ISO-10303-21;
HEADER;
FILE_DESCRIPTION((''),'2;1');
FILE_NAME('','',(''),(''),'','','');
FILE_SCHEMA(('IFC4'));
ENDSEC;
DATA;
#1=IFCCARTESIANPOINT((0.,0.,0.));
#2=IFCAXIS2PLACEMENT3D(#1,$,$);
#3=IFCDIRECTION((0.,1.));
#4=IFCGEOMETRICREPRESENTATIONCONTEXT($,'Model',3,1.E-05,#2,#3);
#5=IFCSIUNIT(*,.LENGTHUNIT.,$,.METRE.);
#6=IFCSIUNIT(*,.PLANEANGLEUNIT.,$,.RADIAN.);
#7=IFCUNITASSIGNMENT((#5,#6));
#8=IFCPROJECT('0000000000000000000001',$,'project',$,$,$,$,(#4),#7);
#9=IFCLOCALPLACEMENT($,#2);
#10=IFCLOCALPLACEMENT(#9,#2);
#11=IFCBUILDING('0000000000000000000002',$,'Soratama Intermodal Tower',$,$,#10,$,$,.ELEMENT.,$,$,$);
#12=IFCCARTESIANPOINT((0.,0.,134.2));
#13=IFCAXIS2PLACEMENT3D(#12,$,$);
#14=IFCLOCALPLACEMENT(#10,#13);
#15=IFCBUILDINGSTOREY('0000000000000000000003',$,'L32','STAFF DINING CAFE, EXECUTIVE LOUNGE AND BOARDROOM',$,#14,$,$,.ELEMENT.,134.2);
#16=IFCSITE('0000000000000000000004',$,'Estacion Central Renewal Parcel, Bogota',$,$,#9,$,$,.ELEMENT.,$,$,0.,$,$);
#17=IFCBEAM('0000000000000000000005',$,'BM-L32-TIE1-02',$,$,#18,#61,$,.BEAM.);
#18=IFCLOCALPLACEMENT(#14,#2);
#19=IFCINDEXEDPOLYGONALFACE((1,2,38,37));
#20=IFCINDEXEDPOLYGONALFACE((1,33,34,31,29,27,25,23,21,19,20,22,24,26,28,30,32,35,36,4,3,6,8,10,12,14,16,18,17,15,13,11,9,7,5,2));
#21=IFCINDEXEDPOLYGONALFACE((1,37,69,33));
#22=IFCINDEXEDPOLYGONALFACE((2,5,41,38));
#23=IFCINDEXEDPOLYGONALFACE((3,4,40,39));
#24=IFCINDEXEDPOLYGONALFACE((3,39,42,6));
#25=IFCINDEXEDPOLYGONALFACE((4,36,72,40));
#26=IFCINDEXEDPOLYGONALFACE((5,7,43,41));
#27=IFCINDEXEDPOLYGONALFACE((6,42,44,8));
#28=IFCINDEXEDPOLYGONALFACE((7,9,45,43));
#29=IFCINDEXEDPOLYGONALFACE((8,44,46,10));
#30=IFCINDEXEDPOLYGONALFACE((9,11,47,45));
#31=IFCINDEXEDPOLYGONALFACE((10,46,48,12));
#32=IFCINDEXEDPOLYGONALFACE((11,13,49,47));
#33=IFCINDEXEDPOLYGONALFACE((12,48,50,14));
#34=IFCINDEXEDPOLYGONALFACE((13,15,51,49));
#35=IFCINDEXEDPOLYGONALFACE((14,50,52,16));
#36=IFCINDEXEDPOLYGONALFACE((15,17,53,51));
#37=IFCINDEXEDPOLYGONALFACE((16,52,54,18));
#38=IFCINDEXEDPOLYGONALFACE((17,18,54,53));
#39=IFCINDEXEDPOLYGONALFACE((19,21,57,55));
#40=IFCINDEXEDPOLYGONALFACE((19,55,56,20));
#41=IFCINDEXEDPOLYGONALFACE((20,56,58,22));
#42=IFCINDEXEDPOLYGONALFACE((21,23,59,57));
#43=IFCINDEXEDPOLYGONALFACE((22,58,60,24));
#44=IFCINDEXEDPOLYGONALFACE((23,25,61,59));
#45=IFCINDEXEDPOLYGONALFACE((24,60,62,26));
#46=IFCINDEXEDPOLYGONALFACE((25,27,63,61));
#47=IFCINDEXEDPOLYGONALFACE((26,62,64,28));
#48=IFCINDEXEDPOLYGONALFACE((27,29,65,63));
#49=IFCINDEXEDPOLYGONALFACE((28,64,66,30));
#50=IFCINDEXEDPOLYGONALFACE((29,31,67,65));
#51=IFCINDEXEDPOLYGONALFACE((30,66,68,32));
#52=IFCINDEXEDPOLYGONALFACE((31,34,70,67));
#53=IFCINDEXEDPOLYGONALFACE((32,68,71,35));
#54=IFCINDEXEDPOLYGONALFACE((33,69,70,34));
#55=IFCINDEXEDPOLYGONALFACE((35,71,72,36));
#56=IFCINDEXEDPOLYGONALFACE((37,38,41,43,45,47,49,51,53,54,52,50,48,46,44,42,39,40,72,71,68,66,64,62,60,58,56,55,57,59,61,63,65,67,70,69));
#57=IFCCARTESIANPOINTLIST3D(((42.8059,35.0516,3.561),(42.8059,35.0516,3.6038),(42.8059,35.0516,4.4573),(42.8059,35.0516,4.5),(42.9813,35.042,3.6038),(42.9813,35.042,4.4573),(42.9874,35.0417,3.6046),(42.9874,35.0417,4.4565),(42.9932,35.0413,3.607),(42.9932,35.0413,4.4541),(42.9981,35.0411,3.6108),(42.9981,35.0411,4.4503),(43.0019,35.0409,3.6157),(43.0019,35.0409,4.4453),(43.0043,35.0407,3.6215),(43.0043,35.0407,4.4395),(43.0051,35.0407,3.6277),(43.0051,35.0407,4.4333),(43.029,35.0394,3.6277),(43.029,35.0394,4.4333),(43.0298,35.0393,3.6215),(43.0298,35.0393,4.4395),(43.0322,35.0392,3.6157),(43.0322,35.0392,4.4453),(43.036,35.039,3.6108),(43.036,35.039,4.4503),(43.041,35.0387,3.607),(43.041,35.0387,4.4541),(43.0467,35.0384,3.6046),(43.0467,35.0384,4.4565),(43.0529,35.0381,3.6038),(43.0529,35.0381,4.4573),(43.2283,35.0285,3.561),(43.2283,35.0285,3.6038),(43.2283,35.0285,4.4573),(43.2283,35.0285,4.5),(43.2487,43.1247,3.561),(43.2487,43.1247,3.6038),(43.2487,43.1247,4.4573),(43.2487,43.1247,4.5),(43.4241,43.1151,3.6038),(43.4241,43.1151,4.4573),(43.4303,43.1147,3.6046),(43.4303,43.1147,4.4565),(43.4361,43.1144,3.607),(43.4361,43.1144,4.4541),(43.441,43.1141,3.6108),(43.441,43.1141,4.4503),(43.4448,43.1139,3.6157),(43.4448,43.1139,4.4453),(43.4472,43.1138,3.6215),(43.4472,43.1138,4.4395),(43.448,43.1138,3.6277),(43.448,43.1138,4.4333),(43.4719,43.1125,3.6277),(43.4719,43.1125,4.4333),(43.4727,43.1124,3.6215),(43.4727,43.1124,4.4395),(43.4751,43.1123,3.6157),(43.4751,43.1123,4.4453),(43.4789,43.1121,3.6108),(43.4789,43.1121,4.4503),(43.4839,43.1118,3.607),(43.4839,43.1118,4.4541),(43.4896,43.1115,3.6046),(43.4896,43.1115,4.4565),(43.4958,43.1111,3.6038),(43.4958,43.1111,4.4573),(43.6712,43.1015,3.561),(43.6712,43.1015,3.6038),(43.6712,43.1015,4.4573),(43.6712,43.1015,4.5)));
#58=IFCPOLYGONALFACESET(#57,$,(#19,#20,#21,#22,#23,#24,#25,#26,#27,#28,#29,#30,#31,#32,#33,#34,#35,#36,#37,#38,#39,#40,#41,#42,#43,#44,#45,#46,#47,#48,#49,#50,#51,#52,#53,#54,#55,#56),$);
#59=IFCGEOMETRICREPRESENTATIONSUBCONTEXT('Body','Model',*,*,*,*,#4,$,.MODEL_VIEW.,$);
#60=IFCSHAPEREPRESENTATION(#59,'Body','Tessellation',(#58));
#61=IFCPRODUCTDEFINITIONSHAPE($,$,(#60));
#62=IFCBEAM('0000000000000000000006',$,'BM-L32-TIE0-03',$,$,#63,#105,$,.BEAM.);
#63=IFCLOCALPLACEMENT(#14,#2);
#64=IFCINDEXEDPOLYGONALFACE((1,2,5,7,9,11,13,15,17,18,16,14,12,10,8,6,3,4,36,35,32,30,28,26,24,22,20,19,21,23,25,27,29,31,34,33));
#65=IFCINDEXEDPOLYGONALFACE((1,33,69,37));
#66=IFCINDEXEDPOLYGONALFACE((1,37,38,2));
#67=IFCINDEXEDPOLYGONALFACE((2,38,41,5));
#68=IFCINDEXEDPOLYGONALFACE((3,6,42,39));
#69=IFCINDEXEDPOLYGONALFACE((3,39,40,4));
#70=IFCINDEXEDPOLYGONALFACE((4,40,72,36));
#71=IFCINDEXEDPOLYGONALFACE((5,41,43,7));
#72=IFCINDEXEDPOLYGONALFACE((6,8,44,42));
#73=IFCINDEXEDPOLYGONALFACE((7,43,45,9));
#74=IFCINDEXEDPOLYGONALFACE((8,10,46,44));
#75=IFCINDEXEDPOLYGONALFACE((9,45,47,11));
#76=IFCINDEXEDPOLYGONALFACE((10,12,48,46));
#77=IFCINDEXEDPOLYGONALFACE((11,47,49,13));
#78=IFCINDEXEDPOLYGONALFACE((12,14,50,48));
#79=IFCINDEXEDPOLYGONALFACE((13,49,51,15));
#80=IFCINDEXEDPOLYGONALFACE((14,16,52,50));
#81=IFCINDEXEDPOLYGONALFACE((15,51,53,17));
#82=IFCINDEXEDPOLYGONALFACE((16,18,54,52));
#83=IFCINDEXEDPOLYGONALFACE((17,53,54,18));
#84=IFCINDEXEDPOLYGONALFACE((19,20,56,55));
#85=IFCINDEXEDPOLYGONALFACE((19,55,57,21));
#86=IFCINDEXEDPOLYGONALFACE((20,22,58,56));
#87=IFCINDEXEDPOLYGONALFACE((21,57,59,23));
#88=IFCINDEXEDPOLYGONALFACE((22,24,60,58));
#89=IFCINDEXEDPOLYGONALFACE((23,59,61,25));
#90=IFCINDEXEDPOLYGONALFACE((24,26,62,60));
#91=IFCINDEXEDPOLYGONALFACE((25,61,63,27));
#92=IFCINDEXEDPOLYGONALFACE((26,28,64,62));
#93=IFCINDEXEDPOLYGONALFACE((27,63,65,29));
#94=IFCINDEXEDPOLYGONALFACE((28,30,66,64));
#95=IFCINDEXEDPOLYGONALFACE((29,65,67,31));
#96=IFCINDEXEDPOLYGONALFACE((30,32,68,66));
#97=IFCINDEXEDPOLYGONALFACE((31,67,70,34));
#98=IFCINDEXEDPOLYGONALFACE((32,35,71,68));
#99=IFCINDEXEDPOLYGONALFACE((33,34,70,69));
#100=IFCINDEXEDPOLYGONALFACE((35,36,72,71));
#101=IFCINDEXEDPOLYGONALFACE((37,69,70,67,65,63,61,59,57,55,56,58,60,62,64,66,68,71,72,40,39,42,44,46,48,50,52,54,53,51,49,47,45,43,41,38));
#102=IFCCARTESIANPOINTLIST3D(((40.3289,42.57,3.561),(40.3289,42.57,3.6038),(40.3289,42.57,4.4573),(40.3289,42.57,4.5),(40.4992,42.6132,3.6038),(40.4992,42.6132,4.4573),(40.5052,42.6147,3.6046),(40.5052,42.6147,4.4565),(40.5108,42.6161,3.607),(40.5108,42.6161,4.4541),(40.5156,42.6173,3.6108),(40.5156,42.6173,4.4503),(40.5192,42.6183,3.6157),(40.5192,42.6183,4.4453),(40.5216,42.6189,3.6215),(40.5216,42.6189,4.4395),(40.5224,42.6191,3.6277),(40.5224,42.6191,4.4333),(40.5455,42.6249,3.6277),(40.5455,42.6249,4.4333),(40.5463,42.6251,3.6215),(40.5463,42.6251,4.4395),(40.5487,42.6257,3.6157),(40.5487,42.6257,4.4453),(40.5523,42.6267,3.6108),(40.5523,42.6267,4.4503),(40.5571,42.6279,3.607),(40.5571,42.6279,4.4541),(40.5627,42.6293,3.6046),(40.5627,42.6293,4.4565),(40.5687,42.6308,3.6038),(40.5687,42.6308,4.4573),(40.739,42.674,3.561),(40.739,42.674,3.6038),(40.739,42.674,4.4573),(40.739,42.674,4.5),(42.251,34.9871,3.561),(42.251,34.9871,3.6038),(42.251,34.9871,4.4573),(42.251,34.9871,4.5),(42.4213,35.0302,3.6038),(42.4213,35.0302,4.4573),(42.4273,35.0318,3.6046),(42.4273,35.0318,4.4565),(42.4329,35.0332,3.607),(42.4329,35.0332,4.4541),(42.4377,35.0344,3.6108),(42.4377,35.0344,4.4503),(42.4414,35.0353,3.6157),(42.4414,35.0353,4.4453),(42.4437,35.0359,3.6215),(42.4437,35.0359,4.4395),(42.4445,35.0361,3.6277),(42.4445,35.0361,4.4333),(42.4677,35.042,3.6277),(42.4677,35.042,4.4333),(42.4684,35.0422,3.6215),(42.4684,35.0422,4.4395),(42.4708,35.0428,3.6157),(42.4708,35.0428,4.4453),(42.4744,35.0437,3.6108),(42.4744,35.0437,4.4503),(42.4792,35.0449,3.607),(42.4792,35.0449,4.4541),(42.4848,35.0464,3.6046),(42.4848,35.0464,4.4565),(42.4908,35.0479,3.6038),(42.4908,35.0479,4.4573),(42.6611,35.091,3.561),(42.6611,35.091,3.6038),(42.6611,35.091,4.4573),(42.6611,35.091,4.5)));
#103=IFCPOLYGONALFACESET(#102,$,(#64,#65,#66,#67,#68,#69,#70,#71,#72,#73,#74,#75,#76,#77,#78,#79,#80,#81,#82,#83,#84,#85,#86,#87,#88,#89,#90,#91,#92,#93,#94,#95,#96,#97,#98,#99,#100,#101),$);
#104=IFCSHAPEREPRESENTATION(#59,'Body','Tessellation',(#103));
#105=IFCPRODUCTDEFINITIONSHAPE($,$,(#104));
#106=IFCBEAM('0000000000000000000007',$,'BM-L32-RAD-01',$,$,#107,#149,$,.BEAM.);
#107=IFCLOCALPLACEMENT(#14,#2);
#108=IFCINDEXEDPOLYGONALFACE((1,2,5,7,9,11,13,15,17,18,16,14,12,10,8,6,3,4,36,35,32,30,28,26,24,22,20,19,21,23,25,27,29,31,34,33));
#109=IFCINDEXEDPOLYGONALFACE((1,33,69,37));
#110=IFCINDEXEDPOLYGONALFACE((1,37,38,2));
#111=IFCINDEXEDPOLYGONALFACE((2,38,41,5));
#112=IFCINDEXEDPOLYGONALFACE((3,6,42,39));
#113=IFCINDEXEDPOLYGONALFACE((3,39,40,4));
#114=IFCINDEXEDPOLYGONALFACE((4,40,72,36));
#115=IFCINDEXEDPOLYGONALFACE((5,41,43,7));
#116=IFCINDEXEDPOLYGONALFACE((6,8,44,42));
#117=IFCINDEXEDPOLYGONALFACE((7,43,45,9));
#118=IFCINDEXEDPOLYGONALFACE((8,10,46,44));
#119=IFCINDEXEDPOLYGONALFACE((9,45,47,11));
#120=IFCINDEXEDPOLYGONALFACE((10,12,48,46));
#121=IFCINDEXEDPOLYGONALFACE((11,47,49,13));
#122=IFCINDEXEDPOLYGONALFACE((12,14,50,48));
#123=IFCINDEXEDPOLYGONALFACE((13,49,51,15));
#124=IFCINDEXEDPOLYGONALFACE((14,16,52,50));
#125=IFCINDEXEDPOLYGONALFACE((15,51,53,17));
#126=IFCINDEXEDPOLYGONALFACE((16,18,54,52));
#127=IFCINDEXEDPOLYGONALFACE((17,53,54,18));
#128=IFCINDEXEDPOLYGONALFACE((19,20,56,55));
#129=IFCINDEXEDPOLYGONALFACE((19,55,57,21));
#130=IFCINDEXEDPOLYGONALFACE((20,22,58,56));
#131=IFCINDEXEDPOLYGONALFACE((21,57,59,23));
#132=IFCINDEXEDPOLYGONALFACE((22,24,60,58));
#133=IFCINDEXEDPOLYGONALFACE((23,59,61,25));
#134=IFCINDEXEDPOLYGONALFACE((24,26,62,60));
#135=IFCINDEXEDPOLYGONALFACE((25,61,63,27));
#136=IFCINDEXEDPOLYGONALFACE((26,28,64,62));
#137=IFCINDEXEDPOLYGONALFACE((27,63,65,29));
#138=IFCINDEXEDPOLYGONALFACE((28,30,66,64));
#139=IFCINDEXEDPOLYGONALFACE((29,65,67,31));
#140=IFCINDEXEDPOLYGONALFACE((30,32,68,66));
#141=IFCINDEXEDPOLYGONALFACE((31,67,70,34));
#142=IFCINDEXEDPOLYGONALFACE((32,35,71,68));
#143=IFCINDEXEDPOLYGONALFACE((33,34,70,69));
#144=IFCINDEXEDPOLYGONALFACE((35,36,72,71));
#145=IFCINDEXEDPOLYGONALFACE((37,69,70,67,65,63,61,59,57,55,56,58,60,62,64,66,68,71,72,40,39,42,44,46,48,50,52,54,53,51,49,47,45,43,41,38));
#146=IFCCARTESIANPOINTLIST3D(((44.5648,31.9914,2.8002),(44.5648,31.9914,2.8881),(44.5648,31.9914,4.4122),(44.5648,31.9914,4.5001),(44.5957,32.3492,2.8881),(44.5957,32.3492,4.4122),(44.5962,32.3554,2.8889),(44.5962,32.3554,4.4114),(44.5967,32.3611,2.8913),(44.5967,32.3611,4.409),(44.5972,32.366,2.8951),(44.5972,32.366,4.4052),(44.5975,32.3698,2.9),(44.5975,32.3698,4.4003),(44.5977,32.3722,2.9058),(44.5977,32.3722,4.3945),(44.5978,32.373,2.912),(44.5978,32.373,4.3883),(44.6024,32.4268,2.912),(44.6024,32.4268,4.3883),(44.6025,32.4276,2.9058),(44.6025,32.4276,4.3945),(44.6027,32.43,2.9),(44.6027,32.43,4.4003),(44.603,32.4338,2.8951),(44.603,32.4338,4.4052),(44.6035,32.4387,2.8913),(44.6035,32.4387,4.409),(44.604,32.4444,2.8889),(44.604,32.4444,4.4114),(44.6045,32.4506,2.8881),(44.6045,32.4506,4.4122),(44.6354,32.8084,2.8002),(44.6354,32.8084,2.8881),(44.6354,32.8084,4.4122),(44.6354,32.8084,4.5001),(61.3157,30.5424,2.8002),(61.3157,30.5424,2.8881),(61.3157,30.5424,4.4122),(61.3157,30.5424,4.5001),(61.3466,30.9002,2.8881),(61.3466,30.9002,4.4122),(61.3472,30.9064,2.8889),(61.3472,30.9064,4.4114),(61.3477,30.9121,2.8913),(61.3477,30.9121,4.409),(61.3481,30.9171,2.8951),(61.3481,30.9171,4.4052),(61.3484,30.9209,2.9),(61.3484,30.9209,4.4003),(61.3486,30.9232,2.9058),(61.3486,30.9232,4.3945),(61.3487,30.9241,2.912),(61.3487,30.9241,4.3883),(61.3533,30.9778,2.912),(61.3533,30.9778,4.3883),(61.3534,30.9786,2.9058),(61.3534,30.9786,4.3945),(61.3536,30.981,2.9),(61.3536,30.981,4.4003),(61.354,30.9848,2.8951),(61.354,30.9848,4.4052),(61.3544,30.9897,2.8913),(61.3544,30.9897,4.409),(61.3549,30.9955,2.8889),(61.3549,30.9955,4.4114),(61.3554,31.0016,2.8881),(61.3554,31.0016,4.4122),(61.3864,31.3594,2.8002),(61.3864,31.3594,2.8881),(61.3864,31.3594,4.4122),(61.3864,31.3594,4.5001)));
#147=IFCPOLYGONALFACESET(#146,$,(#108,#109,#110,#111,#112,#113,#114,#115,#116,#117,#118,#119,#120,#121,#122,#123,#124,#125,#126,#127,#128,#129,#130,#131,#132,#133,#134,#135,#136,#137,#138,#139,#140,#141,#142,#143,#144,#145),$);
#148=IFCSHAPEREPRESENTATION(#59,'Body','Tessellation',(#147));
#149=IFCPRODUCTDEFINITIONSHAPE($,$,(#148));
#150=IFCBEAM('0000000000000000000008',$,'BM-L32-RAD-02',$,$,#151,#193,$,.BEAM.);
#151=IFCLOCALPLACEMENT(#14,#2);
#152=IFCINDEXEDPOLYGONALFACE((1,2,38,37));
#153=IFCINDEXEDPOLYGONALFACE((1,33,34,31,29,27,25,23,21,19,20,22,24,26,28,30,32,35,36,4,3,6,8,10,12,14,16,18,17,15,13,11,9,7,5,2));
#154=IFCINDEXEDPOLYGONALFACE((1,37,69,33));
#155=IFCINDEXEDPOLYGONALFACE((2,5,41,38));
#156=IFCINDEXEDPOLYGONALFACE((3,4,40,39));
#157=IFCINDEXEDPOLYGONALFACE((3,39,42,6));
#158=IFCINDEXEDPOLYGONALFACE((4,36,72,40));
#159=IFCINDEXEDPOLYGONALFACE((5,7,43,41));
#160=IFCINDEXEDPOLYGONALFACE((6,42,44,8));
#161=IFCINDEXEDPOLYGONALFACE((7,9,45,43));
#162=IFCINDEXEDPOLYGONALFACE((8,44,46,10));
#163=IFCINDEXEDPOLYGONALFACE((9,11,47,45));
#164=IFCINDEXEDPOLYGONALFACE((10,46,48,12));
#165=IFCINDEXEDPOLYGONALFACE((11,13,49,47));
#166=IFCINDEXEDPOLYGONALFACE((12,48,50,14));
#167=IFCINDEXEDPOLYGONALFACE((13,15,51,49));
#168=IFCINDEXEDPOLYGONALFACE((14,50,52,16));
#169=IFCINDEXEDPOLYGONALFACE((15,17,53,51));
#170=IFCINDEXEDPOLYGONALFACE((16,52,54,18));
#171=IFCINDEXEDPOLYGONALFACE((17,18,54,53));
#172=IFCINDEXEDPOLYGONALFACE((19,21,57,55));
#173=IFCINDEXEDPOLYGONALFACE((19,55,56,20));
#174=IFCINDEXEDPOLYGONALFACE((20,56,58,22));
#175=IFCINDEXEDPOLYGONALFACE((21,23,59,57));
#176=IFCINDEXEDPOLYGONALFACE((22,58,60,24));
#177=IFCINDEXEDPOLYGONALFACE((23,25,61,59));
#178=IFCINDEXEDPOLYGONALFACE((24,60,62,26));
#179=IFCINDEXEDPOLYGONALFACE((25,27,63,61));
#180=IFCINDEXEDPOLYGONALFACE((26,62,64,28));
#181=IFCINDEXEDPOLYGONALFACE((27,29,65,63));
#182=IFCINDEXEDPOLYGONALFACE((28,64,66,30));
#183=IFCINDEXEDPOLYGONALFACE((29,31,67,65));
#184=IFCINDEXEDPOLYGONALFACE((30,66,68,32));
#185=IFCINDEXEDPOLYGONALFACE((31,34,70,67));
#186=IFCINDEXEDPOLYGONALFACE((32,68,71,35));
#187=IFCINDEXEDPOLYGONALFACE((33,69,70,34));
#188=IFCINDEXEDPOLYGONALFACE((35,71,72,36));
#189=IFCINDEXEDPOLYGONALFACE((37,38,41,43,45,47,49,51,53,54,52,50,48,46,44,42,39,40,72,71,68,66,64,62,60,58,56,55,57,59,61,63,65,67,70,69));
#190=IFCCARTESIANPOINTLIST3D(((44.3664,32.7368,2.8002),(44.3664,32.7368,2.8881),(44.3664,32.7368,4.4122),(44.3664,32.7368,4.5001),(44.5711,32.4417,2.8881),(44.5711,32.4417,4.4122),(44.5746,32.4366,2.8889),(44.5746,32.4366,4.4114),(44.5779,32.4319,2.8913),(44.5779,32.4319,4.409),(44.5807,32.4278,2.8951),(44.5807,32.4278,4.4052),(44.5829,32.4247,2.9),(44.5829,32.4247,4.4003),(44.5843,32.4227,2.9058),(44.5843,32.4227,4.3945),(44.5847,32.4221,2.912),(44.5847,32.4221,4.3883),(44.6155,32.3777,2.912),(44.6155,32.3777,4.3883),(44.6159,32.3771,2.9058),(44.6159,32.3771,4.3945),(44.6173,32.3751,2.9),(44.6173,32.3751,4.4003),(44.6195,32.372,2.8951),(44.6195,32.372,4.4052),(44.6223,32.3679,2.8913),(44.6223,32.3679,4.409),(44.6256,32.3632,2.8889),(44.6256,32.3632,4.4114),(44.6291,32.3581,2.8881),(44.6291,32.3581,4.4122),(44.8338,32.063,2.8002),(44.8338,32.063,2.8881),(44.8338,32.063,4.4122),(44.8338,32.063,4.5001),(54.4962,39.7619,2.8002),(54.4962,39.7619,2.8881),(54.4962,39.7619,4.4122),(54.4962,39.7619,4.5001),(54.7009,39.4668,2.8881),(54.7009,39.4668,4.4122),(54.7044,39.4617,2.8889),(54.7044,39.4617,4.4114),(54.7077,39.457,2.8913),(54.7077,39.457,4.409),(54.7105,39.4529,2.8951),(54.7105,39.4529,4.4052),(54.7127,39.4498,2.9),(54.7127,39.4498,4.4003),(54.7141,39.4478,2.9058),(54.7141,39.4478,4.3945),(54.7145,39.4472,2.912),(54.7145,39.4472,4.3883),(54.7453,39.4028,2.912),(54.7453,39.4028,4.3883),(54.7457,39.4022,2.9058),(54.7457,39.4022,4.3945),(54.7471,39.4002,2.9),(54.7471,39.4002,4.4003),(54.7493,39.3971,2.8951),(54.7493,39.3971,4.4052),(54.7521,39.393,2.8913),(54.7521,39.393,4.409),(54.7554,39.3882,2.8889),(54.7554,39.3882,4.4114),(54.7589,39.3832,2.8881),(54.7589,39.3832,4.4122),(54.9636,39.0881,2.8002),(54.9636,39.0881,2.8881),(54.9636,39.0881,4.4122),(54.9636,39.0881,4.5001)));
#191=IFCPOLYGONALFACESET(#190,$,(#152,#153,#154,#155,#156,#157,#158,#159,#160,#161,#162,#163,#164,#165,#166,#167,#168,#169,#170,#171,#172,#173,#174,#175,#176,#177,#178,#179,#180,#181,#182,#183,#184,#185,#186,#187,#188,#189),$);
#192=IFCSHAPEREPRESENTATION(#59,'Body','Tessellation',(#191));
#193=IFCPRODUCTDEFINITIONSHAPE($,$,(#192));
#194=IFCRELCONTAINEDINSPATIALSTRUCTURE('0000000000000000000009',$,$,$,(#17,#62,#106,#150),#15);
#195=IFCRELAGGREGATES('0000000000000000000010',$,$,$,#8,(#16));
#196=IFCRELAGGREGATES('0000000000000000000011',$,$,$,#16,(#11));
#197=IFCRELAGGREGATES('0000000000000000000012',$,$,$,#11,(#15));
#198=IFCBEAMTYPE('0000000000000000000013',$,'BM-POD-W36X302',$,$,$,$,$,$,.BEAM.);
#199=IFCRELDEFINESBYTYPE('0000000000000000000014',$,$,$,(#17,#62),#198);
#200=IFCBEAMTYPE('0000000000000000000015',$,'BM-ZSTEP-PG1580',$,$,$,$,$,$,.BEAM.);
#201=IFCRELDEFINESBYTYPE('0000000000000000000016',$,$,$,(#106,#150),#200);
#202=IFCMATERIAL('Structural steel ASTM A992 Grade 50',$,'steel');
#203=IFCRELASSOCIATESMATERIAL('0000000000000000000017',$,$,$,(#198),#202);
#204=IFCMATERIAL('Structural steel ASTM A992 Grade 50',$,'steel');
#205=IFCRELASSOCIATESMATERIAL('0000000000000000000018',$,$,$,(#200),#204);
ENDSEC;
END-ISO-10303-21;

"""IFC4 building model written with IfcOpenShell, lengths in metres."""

from ifc_helpers import new_model, si_unit, direction, frame, origin, origin_2d, place, context, subcontext, project, spatial, i_section, extrude, material, material_profile, profile_set, type_object, element, save


model = new_model("IFC4")

# Units and contexts
model_context = context("Model", 3, precision=1e-05, world=origin(), true_north=direction((0.0, 1.0)))
body_context = subcontext(model_context, "Body", "Model", "MODEL_VIEW")
ifc_project = project(units=[si_unit("LENGTHUNIT", "METRE"), si_unit("PLANEANGLEUNIT", "RADIAN")], contexts=[model_context])

# Site, building, storey
site_placement = place(None, origin())
site = spatial("IfcSite", under=ifc_project, at=site_placement, Name="Estacion Central Renewal Parcel, Bogota", CompositionType="ELEMENT", RefElevation=0.0)
building_placement = place(site_placement, origin())
building = spatial("IfcBuilding", under=site, at=building_placement, Name="Soratama Intermodal Tower", CompositionType="ELEMENT")
storey_placement = place(building_placement, frame((0.0, 0.0, 134.2)))
storey = spatial("IfcBuildingStorey", under=building, at=storey_placement, Name="L32", Description="STAFF DINING CAFE, EXECUTIVE LOUNGE AND BOARDROOM", CompositionType="ELEMENT", Elevation=134.2)

# Beams
ifc_material_1 = material(Name="Structural steel ASTM A992 Grade 50", Category="steel")
ifc_material_profile_1 = material_profile(ifc_material_1, i_section(OverallWidth=0.4231, OverallDepth=0.939, WebThickness=0.0239, FlangeThickness=0.0427, FilletRadius=0.0239, at=origin_2d()), Name="W36X302")
ifc_profile_set_1 = profile_set([ifc_material_profile_1], Name="Structural steel ASTM A992 Grade 50")
beam_type_1 = type_object("IfcBeamType", Name="BM-POD-W36X302", PredefinedType="BEAM", material=ifc_profile_set_1)
beam_1_placement = place(storey_placement, frame((43.0171, 35.04, 4.0305), z_axis=(0.054776, 0.998499, 0.0), x_axis=(-0.998499, 0.054776, 0.0)))
element("IfcBeam", 1, at=beam_1_placement, inside=storey, type_object=beam_type_1, Name="BM-L32-TIE1-02", PredefinedType="BEAM", context=body_context, shape_type="SweptSolid", body=[
    extrude(i_section(OverallWidth=0.4231, OverallDepth=0.939, WebThickness=0.0239, FlangeThickness=0.0427, FilletRadius=0.0239, at=origin_2d()), origin(), (0.0, 0.0, 1.0), 8.0852),
])
beam_2_placement = place(storey_placement, frame((42.4561, 35.0391, 4.0305), z_axis=(-0.245707, 0.969344, 0.0), x_axis=(-0.969344, -0.245707, 0.0)))
element("IfcBeam", 2, at=beam_2_placement, inside=storey, type_object=beam_type_1, Name="BM-L32-TIE0-03", PredefinedType="BEAM", context=body_context, shape_type="SweptSolid", body=[
    extrude(i_section(OverallWidth=0.4231, OverallDepth=0.939, WebThickness=0.0239, FlangeThickness=0.0427, FilletRadius=0.0239, at=origin_2d()), origin(), (0.0, 0.0, 1.0), 7.8228),
])
ifc_material_2 = material(Name="Structural steel ASTM A992 Grade 50", Category="steel")
ifc_material_profile_2 = material_profile(ifc_material_2, i_section(OverallWidth=0.8201, OverallDepth=1.7, WebThickness=0.054, FlangeThickness=0.0879, FilletRadius=0.0239, at=origin_2d()), Name="PG1580X800")
ifc_profile_set_2 = profile_set([ifc_material_profile_2], Name="Structural steel ASTM A992 Grade 50")
beam_type_2 = type_object("IfcBeamType", Name="BM-ZSTEP-PG1580", PredefinedType="BEAM", material=ifc_profile_set_2)
beam_3_placement = place(storey_placement, frame((44.6001, 32.3999, 3.6501), z_axis=(0.99628, -0.086179, 0.0), x_axis=(0.086179, 0.99628, 0.0)))
element("IfcBeam", 3, at=beam_3_placement, inside=storey, type_object=beam_type_2, Name="BM-L32-RAD-01", PredefinedType="BEAM", context=body_context, shape_type="SweptSolid", body=[
    extrude(i_section(OverallWidth=0.8201, OverallDepth=1.7, WebThickness=0.054, FlangeThickness=0.0879, FilletRadius=0.0239, at=origin_2d()), origin(), (0.0, 0.0, 1.0), 16.8135),
])
beam_4_placement = place(storey_placement, frame((44.6001, 32.3999, 3.6501), z_axis=(0.821731, 0.569876, 0.0), x_axis=(-0.569876, 0.821731, 0.0)))
element("IfcBeam", 4, at=beam_4_placement, inside=storey, type_object=beam_type_2, Name="BM-L32-RAD-02", PredefinedType="BEAM", context=body_context, shape_type="SweptSolid", body=[
    extrude(i_section(OverallWidth=0.8201, OverallDepth=1.7, WebThickness=0.054, FlangeThickness=0.0879, FilletRadius=0.0239, at=origin_2d()), origin(), (0.0, 0.0, 1.0), 12.3274),
])

save(model, "model.ifc")
